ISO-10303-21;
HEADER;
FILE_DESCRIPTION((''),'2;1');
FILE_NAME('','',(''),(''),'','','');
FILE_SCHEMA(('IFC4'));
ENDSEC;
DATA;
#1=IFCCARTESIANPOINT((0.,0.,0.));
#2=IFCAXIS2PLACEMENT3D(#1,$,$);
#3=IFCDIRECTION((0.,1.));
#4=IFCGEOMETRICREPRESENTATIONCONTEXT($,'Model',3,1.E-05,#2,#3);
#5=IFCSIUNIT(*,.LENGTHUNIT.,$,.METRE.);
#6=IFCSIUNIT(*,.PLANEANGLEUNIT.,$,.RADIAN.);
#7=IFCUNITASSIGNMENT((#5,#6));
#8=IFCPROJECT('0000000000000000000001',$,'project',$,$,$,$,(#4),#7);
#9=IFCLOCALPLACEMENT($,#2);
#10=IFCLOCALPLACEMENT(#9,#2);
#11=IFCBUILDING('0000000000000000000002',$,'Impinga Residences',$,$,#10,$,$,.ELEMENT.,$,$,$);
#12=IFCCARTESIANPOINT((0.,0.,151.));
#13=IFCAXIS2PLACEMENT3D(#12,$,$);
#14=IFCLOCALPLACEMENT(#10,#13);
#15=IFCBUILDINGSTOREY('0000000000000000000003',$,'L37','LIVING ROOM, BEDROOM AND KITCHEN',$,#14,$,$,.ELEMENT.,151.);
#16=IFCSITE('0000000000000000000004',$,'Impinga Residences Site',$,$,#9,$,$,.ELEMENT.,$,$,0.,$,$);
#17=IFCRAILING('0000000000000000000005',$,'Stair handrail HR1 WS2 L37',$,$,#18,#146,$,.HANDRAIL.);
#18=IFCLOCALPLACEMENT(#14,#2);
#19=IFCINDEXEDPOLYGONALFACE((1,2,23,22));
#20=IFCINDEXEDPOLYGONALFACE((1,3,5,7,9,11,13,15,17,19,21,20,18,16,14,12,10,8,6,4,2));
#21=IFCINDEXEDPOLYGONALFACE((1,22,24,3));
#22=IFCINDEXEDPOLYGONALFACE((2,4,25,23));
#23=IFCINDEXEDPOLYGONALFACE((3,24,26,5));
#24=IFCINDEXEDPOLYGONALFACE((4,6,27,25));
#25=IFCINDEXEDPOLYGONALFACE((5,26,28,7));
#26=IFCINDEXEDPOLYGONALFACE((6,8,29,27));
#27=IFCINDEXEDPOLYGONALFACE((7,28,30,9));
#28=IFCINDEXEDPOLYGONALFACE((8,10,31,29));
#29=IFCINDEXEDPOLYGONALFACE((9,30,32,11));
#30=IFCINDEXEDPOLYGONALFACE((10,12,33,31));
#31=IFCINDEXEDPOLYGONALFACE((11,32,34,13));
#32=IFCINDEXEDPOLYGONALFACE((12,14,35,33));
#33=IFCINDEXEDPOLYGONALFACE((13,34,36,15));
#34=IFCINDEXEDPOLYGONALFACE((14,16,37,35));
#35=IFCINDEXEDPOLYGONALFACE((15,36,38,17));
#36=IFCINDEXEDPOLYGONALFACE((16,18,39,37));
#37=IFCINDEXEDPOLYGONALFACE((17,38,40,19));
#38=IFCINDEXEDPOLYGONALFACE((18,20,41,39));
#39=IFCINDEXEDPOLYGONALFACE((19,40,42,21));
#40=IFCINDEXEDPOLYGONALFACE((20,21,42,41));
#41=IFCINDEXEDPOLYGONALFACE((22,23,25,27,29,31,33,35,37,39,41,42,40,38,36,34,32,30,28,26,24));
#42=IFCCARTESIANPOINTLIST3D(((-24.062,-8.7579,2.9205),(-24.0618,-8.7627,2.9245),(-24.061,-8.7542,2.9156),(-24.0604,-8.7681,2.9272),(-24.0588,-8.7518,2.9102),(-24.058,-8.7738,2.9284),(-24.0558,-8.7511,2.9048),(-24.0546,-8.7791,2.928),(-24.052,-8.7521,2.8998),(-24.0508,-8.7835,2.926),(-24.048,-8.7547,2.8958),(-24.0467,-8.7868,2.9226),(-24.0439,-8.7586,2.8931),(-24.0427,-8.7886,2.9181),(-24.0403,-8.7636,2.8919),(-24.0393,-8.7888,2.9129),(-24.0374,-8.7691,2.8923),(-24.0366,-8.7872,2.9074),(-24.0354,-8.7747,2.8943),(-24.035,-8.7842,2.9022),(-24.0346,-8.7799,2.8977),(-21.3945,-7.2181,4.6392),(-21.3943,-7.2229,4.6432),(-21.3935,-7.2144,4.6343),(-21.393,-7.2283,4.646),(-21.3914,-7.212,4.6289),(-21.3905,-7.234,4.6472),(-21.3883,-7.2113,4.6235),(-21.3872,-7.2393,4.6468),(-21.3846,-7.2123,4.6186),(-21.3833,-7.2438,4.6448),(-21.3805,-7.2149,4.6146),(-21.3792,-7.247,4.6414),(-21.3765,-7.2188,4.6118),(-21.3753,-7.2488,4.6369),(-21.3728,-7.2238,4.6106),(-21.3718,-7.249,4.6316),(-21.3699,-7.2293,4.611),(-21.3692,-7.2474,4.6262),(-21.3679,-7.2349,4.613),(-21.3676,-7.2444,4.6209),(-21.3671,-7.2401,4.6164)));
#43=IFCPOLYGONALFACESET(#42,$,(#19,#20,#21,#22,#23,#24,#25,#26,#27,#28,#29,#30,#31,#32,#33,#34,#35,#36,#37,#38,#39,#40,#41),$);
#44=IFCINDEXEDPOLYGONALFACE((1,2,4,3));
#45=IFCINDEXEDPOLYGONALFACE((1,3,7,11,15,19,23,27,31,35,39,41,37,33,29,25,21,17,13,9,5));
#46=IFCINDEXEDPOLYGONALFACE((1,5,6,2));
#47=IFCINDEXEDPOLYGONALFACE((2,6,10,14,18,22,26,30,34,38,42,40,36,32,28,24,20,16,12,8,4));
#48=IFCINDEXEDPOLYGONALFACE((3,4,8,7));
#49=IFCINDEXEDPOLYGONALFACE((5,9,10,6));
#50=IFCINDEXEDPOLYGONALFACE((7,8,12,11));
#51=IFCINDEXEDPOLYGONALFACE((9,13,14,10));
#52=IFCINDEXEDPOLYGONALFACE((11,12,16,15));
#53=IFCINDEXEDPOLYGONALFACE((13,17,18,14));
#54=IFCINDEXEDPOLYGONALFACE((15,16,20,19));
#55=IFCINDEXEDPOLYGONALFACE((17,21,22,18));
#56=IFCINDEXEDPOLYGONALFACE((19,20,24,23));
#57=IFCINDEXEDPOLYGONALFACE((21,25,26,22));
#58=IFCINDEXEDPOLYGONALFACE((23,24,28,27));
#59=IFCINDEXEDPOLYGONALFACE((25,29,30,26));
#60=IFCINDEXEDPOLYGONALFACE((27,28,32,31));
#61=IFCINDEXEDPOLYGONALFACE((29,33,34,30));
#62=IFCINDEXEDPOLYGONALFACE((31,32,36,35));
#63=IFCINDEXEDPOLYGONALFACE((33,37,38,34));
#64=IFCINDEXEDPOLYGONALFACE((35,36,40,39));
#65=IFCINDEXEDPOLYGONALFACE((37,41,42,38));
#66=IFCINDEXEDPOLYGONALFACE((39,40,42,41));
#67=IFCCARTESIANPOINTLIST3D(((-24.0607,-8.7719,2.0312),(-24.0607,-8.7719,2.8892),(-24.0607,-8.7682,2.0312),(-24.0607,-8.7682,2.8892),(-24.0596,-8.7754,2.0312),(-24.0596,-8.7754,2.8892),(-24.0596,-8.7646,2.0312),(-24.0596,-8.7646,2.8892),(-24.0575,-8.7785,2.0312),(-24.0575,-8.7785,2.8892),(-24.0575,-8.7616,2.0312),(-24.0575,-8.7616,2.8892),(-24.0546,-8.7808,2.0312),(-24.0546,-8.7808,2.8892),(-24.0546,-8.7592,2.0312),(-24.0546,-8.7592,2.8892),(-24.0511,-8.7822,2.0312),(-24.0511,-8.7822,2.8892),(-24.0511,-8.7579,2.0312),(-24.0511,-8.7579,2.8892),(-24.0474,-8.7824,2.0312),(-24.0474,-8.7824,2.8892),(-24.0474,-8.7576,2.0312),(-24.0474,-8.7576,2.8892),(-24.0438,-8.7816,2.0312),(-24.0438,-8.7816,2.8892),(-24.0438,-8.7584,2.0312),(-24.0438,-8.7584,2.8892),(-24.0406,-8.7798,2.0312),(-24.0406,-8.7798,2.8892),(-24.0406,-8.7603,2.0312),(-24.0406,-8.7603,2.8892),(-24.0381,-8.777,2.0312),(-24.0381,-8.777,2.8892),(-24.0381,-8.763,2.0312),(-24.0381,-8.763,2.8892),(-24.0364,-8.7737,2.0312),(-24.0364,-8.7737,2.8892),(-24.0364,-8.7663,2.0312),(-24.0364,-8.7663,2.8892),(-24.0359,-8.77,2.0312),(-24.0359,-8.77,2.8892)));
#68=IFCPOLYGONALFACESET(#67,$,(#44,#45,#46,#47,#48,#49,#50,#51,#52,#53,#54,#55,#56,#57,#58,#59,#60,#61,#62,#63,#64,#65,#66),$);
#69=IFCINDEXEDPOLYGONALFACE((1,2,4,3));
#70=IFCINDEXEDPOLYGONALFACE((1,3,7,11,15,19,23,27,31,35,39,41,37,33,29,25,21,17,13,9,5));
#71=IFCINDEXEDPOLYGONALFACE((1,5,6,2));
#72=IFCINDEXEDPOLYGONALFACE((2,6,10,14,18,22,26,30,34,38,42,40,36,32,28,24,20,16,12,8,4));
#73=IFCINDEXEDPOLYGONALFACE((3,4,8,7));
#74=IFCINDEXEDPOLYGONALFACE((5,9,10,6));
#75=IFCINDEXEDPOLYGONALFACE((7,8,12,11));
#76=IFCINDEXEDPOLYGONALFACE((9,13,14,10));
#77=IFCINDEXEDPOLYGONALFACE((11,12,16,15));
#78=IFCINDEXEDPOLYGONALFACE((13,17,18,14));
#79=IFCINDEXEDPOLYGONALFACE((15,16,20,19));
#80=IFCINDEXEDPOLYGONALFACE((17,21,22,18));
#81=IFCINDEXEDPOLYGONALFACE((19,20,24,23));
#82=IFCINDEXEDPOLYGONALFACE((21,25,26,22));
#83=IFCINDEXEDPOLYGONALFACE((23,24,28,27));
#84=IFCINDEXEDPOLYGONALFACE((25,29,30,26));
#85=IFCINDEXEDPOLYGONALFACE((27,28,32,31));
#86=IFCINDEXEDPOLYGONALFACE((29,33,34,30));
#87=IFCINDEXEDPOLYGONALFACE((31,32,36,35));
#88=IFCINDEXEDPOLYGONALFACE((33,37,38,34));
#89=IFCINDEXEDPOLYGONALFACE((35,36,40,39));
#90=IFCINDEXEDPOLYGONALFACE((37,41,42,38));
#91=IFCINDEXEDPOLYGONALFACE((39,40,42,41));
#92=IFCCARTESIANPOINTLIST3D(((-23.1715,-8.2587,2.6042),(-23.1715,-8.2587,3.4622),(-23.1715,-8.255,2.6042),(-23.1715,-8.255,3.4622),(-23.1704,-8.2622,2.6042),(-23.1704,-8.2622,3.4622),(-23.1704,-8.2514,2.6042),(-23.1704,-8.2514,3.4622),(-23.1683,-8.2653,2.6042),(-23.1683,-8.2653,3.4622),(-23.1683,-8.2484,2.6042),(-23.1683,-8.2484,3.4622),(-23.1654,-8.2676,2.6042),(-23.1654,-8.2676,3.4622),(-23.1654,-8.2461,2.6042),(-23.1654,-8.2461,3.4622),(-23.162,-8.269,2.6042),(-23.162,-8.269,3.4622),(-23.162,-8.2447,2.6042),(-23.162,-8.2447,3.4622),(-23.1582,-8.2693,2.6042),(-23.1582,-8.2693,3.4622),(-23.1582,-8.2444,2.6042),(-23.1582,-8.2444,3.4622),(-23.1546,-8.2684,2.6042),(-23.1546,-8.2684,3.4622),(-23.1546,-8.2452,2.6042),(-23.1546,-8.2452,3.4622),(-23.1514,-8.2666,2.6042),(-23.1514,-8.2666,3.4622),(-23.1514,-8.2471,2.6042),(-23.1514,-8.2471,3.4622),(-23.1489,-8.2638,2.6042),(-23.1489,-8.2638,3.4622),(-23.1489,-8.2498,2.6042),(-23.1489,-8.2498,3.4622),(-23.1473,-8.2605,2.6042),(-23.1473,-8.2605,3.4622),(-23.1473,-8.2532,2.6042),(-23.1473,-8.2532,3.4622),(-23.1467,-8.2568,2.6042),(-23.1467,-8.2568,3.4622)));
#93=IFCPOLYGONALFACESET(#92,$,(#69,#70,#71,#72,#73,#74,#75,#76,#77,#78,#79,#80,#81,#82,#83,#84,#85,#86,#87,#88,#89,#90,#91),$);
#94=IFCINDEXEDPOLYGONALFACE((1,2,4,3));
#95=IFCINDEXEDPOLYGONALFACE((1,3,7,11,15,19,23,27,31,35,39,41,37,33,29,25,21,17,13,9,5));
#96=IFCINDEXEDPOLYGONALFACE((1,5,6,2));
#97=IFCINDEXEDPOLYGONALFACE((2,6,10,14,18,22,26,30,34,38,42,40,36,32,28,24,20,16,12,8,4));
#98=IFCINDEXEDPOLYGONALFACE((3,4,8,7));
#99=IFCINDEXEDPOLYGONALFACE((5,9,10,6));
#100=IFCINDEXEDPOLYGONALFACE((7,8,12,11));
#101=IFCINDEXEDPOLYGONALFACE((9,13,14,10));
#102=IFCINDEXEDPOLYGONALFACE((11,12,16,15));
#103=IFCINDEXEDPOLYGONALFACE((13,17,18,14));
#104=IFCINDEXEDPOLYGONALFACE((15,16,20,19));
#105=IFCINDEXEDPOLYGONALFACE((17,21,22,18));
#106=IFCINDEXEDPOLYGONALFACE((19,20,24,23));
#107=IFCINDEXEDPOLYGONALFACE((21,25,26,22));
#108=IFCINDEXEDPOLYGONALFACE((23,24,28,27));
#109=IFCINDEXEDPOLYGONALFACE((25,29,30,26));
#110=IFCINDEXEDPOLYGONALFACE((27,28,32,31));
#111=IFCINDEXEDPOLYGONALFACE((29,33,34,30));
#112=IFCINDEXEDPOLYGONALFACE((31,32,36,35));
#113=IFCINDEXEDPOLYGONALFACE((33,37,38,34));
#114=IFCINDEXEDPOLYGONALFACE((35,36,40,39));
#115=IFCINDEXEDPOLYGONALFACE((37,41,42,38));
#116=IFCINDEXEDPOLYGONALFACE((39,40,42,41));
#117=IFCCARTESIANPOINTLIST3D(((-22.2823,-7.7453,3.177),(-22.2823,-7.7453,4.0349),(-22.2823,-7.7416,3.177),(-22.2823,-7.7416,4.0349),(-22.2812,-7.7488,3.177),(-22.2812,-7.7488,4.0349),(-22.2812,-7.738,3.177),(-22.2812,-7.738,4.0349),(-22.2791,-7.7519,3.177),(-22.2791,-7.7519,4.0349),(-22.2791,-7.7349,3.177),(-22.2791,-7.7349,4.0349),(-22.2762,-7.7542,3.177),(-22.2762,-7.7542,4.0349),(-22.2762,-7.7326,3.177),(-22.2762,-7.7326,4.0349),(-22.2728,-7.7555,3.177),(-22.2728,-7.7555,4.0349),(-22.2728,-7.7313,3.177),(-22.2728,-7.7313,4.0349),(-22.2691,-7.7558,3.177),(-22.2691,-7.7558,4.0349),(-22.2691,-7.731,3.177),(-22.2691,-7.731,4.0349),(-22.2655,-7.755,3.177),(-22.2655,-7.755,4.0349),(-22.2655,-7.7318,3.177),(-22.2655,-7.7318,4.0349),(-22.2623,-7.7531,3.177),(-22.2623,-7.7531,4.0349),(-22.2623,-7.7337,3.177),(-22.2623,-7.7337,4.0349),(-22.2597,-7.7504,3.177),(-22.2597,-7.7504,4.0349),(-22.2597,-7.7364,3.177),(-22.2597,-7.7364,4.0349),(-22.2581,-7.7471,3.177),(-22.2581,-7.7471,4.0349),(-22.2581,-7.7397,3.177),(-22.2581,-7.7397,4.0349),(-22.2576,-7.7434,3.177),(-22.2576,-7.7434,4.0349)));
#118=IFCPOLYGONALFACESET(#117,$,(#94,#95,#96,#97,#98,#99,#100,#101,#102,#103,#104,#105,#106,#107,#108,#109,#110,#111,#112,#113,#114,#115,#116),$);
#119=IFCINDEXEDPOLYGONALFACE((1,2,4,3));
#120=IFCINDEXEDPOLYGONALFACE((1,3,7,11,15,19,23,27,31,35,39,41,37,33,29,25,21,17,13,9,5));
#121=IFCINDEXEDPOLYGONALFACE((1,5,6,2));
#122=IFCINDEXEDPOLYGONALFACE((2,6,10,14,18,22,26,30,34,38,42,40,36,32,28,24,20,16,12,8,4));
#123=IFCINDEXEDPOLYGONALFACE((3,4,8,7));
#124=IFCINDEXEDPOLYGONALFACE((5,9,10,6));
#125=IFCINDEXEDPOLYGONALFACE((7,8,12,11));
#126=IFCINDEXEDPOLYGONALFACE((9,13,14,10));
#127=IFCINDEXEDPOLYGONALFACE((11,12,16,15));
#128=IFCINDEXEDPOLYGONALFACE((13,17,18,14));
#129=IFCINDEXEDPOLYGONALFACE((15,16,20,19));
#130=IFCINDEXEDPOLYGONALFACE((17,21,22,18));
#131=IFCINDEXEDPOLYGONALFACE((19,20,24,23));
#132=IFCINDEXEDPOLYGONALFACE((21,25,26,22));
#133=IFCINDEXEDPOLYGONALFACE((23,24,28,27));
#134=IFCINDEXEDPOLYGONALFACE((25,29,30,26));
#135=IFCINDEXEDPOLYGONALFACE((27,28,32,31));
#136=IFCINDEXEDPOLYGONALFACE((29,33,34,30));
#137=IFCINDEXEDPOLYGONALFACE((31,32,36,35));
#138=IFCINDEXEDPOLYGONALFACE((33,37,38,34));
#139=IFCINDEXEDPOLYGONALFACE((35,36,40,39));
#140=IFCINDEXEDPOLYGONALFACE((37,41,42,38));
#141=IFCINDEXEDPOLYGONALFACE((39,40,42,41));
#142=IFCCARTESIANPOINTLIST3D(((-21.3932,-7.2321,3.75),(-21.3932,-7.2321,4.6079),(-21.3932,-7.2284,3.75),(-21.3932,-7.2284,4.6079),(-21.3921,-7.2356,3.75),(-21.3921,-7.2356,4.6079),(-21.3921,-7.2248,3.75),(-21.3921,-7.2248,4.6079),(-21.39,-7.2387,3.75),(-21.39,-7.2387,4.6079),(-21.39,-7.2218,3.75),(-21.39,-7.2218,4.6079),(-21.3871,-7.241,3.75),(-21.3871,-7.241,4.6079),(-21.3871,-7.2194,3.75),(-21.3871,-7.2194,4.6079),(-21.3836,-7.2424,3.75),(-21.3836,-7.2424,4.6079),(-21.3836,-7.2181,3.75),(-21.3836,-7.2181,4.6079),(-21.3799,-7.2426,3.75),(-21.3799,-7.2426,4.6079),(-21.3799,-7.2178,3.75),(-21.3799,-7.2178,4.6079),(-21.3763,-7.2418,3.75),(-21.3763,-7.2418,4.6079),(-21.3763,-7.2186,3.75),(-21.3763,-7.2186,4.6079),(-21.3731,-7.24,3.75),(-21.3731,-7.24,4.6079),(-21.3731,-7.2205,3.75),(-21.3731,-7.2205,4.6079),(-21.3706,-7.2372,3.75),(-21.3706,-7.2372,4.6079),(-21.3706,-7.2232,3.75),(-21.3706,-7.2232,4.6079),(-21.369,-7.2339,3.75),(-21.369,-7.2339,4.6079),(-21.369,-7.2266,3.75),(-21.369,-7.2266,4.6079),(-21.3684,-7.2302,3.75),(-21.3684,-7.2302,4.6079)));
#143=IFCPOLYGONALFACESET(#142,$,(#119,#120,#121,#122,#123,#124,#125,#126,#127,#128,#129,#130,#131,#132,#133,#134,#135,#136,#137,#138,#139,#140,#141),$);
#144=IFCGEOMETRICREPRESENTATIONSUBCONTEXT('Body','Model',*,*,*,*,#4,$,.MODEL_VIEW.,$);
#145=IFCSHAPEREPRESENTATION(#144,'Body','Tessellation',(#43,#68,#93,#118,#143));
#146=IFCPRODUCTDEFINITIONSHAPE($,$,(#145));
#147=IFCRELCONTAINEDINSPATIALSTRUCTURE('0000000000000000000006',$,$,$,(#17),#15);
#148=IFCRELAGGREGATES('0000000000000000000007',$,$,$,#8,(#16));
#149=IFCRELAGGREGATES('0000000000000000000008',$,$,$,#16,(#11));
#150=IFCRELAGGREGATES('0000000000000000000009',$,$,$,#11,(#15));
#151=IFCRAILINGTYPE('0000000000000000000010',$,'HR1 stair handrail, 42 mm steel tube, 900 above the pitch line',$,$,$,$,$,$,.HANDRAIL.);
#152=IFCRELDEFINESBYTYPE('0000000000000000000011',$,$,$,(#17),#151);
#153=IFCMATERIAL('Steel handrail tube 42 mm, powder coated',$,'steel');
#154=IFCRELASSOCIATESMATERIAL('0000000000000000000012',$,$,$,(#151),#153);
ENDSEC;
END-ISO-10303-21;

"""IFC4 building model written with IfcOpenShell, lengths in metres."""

from ifc_helpers import new_model, si_unit, direction, frame, origin, origin_2d, place, context, subcontext, project, spatial, circle, extrude, material, type_object, element, save


model = new_model("IFC4")

# Units and contexts
model_context = context("Model", 3, precision=1e-05, world=origin(), true_north=direction((0.0, 1.0)))
body_context = subcontext(model_context, "Body", "Model", "MODEL_VIEW")
ifc_project = project(units=[si_unit("LENGTHUNIT", "METRE"), si_unit("PLANEANGLEUNIT", "RADIAN")], contexts=[model_context])

# Site, building, storey
site_placement = place(None, origin())
site = spatial("IfcSite", under=ifc_project, at=site_placement, Name="Impinga Residences Site", CompositionType="ELEMENT", RefElevation=0.0)
building_placement = place(site_placement, origin())
building = spatial("IfcBuilding", under=site, at=building_placement, Name="Impinga Residences", CompositionType="ELEMENT")
storey_placement = place(building_placement, frame((0.0, 0.0, 151.0)))
storey = spatial("IfcBuildingStorey", under=building, at=storey_placement, Name="L37", Description="LIVING ROOM, BEDROOM AND KITCHEN", CompositionType="ELEMENT", Elevation=151.0)

# Railing
ifc_material_1 = material(Name="Steel handrail tube 42 mm, powder coated", Category="steel")
railing_type_1 = type_object("IfcRailingType", Name="HR1 stair handrail, 42 mm steel tube, 900 above the pitch line", PredefinedType="HANDRAIL", material=ifc_material_1)
railing_1_placement = place(storey_placement, frame((-24.0483, -8.77, 2.0312)))
element("IfcRailing", 1, at=railing_1_placement, inside=storey, type_object=railing_type_1, Name="Stair handrail HR1 WS2 L37", PredefinedType="HANDRAIL", context=body_context, shape_type="SweptSolid", body=[
    extrude(circle(Radius=0.021, at=origin_2d()), frame((0.0, 0.0, 0.8789), z_axis=(0.756279, 0.43656, 0.487297), x_axis=(-0.499933, 0.866064, 0.0)), (0.0, 0.0, 1.0), 3.5271),
    extrude(circle(Radius=0.0125, at=origin_2d()), origin(), (0.0, 0.0, 1.0), 0.8579),
    extrude(circle(Radius=0.0125, at=origin_2d()), frame((0.8892, 0.5132, 0.573)), (0.0, 0.0, 1.0), 0.8579),
    extrude(circle(Radius=0.0125, at=origin_2d()), frame((1.7783, 1.0266, 1.1458)), (0.0, 0.0, 1.0), 0.8579),
    extrude(circle(Radius=0.0125, at=origin_2d()), frame((2.6675, 1.5398, 1.7188)), (0.0, 0.0, 1.0), 0.8579),
])

save(model, "model.ifc")
